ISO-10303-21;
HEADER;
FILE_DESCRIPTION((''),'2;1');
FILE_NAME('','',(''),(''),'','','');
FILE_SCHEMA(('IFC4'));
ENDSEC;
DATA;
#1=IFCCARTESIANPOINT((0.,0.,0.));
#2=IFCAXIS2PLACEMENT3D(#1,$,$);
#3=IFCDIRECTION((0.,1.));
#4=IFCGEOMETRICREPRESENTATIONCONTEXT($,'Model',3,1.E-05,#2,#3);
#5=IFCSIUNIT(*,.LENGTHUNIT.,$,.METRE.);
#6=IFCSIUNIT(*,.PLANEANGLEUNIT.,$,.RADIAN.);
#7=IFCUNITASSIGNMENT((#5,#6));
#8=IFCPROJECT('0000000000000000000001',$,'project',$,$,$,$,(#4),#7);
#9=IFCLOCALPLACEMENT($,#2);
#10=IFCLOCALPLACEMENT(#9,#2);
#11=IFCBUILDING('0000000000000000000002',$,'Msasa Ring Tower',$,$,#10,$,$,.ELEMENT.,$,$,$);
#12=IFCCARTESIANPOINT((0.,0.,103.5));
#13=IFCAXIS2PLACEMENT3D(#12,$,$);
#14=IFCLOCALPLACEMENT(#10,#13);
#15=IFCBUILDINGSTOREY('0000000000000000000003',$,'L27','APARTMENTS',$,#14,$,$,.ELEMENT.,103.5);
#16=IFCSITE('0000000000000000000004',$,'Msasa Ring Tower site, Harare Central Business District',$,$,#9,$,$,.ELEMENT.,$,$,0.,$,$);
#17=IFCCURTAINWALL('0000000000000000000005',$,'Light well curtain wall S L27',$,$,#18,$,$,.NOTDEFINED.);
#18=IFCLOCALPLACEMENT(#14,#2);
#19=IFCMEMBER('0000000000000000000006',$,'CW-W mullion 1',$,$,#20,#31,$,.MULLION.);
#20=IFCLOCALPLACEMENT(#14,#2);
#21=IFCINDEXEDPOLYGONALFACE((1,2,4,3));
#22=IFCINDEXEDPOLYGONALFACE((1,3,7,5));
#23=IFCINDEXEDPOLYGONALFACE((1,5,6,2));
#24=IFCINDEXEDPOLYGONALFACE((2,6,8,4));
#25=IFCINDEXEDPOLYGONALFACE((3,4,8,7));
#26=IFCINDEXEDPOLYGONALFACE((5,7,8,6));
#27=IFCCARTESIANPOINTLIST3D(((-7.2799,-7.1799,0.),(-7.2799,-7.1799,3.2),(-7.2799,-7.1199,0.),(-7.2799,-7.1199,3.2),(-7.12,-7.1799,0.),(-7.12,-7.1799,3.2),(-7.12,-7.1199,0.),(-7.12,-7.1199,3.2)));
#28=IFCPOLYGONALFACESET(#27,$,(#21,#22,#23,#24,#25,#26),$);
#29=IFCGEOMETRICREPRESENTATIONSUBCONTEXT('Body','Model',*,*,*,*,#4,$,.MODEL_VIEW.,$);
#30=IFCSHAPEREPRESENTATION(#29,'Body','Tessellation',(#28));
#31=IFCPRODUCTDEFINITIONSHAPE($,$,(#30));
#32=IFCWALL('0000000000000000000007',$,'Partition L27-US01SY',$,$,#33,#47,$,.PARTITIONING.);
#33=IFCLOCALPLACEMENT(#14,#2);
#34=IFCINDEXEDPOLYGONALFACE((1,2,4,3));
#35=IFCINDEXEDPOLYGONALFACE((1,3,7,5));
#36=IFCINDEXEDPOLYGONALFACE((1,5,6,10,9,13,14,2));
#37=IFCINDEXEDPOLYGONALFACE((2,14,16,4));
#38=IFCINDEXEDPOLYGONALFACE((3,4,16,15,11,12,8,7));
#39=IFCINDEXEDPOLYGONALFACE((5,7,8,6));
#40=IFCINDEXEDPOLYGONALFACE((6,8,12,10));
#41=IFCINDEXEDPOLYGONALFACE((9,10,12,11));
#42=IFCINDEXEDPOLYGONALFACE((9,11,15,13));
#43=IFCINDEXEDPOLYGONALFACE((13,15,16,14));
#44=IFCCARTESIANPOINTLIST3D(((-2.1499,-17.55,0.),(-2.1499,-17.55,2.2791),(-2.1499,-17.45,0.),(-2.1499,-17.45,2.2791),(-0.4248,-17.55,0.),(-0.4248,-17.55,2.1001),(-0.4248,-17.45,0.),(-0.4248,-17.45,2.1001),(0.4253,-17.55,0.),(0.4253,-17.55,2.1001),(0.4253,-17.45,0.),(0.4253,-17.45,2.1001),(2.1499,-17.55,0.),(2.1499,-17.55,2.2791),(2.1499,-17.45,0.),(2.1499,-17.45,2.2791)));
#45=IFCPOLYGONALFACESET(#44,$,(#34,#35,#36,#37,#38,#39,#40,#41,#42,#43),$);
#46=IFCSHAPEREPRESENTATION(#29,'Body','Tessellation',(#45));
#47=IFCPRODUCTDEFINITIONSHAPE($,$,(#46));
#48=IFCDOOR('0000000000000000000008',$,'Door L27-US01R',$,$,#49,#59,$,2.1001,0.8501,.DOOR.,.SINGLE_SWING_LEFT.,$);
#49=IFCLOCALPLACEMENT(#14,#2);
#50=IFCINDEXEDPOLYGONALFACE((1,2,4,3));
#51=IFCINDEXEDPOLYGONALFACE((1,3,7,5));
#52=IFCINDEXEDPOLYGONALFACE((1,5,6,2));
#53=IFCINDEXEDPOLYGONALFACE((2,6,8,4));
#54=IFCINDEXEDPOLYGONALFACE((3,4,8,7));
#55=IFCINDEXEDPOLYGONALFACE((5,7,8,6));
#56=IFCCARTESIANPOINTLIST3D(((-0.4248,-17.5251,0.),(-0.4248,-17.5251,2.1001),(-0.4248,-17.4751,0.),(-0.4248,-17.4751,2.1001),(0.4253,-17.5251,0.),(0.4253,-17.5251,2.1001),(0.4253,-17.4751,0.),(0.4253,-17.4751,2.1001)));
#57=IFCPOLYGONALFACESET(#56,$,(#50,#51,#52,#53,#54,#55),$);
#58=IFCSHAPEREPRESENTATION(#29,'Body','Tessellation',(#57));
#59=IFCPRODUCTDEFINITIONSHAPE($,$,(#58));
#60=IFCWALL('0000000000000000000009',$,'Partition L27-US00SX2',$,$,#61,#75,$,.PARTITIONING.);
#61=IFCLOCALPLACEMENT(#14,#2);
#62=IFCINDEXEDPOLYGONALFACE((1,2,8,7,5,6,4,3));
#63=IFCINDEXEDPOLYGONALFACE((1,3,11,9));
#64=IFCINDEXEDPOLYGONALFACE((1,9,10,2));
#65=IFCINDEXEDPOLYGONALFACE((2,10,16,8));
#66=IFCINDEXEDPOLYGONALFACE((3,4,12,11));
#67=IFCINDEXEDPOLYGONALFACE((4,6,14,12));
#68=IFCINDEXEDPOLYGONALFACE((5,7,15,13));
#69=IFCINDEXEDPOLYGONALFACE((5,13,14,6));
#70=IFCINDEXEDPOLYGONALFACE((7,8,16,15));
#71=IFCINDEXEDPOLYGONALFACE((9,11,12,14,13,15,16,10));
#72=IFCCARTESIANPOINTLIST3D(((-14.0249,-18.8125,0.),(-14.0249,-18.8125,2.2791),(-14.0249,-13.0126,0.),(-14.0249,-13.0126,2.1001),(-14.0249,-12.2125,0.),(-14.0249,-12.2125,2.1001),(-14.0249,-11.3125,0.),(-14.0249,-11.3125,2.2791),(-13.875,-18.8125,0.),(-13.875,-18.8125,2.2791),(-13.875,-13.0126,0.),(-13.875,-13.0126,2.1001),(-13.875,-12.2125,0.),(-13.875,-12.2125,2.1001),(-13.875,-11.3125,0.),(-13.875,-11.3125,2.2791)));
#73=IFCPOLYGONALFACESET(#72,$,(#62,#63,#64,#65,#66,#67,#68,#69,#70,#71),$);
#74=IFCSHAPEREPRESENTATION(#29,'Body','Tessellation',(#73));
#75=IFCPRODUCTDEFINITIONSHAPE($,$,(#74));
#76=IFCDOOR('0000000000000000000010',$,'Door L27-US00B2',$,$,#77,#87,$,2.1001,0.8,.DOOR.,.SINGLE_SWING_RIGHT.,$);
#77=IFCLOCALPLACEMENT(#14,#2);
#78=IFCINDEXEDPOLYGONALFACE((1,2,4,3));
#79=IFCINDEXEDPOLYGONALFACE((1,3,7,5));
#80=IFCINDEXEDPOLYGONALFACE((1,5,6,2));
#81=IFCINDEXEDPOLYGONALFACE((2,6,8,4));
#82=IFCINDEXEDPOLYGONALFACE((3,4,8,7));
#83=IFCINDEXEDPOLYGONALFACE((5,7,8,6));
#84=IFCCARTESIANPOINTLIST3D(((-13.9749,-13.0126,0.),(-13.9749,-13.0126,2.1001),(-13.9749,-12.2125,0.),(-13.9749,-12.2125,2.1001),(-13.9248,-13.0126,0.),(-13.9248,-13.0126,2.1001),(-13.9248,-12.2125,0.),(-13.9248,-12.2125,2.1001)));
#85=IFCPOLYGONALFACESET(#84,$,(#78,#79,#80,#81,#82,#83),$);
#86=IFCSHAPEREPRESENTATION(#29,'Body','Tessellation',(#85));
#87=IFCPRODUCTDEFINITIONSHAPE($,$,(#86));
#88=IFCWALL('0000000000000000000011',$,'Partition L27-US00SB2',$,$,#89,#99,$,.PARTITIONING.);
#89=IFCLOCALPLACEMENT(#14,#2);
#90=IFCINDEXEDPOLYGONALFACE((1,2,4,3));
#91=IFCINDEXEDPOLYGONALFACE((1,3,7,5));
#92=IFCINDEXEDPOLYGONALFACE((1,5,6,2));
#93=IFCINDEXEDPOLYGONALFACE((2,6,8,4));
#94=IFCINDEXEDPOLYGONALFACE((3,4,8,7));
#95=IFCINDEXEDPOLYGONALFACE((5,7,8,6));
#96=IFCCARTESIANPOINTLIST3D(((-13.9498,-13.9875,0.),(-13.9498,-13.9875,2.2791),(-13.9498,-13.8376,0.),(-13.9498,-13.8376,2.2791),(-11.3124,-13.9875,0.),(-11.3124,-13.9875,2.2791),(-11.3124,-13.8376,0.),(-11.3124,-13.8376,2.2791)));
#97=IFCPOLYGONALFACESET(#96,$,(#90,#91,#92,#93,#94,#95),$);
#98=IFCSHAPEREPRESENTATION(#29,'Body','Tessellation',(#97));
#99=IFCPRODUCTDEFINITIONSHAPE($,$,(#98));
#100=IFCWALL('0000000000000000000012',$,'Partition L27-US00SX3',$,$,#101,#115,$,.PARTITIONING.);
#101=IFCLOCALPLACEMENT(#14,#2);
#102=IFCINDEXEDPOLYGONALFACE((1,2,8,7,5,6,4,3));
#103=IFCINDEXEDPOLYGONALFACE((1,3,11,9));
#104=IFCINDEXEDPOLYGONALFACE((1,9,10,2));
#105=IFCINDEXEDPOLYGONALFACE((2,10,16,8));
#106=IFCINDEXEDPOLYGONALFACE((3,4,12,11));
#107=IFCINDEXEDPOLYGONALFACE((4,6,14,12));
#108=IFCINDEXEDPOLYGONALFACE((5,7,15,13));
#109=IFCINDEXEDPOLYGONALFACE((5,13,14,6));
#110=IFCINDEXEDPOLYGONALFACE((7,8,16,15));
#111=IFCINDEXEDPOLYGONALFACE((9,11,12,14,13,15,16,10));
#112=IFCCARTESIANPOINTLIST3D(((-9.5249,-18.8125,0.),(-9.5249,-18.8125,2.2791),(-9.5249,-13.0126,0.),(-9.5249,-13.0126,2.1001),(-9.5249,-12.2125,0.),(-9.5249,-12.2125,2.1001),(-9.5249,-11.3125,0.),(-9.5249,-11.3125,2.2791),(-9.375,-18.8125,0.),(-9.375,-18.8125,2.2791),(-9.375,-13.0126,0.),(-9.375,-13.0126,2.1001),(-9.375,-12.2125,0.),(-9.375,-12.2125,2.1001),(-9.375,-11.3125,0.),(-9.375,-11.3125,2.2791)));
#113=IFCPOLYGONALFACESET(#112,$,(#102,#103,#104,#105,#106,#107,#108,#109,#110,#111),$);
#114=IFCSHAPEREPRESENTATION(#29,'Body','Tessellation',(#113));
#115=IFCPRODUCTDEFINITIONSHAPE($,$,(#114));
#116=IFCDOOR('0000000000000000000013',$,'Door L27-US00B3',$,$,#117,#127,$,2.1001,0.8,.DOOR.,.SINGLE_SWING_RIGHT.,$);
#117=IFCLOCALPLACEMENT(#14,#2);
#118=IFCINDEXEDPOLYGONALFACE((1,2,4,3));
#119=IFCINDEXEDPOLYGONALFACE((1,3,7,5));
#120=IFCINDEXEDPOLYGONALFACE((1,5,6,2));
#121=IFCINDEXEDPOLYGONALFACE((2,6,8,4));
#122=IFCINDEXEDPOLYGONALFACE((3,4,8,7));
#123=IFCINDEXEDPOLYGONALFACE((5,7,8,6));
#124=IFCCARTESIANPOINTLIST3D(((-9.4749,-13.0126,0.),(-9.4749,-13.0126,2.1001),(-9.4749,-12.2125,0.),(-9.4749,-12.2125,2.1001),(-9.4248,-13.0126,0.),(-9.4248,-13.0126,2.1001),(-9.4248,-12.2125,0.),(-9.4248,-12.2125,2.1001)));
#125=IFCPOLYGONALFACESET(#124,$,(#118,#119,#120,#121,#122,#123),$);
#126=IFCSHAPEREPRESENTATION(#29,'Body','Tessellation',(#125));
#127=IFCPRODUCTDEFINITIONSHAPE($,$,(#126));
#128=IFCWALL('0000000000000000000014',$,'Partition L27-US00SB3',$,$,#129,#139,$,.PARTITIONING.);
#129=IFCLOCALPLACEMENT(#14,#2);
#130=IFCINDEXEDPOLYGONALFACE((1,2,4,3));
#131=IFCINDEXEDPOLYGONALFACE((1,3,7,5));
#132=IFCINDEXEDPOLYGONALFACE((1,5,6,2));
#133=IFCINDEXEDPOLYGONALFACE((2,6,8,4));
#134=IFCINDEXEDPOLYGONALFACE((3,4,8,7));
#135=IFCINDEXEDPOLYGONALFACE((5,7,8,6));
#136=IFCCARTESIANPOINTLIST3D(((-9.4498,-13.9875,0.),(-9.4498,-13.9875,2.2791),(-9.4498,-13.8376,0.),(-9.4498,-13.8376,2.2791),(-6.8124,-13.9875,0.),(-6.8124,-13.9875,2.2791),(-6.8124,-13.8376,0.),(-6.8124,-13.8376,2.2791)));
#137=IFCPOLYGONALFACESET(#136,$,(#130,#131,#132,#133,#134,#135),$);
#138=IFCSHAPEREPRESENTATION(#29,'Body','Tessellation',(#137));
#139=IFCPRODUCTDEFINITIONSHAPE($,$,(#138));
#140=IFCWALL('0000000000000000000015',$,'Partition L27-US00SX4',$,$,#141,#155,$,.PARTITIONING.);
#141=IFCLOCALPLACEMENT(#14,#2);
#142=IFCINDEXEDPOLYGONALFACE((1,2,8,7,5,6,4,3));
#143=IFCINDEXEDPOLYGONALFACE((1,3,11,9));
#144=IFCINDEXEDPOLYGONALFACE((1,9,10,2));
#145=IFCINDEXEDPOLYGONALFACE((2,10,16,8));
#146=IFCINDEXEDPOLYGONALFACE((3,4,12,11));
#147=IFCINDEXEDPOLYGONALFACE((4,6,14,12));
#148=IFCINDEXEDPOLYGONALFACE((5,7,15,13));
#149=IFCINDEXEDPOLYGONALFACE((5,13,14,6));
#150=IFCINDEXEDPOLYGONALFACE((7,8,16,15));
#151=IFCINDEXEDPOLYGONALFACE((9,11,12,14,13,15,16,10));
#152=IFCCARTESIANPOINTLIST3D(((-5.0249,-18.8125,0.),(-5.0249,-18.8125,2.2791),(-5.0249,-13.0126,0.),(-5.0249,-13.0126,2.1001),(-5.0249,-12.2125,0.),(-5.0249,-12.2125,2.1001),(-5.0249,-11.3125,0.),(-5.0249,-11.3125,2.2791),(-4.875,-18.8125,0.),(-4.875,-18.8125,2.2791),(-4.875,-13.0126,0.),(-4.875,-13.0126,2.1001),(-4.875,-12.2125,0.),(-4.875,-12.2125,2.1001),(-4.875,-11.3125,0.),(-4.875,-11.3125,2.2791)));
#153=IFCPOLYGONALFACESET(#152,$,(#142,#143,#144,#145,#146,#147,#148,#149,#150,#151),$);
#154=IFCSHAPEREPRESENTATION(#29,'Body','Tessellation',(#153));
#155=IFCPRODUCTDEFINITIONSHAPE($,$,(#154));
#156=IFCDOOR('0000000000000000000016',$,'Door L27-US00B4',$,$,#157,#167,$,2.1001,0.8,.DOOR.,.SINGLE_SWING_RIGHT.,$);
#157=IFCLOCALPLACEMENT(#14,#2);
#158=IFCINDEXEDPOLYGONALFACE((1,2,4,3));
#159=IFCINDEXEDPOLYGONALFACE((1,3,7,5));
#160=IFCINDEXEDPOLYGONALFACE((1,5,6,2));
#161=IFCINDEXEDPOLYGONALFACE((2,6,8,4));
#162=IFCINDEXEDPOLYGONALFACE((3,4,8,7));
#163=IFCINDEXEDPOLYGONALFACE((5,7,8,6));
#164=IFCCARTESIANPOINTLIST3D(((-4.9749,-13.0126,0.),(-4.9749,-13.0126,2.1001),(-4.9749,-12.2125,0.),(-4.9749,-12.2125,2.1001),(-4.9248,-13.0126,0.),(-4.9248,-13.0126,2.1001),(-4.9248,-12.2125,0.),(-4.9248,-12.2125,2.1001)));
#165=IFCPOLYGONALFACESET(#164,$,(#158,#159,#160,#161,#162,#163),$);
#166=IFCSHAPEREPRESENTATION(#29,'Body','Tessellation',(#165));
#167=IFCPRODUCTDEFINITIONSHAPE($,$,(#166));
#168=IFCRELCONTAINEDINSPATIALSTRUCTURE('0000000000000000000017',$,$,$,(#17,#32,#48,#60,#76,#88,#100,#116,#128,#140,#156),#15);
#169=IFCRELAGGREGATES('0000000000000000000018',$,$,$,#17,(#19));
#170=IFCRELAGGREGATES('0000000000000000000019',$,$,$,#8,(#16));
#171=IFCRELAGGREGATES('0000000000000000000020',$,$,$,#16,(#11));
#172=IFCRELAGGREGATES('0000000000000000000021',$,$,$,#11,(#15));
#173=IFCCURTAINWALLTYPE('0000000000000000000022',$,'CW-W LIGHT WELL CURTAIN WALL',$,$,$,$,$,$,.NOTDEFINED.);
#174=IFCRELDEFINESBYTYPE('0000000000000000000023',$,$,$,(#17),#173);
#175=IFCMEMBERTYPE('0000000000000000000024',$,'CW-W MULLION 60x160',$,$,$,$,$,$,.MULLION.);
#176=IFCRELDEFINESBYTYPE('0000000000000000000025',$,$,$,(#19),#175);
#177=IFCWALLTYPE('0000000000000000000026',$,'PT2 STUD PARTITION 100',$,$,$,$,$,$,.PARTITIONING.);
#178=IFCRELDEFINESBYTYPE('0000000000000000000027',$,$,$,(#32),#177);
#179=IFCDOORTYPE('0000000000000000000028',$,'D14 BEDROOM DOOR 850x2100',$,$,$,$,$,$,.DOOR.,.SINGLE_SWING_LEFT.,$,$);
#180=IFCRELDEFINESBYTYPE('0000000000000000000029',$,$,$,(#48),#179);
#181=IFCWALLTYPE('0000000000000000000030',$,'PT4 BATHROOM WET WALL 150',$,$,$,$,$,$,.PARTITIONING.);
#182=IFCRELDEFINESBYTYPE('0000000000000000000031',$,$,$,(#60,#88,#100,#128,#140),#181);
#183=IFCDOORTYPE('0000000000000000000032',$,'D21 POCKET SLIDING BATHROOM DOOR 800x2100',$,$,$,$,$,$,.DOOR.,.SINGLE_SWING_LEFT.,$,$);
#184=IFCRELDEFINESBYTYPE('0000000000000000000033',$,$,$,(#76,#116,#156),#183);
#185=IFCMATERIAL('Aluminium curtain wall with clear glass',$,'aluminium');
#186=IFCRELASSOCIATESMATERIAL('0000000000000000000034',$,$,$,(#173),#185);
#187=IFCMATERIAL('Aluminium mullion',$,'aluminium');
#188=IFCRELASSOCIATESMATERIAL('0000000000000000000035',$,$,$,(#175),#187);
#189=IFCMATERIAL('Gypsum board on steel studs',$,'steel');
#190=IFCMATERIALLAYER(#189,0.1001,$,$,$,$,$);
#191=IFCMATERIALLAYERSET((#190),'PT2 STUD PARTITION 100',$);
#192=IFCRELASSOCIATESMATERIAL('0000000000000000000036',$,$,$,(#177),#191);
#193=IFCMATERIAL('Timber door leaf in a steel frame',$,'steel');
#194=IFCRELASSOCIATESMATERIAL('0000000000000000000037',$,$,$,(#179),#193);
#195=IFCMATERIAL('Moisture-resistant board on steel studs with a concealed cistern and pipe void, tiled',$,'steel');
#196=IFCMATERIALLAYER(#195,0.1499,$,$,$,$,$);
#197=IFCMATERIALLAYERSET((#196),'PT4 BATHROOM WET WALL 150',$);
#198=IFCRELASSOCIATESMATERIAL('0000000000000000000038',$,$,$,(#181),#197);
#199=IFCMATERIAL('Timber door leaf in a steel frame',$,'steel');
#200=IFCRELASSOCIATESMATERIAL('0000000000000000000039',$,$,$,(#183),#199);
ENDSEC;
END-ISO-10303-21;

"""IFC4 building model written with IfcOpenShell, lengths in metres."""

from ifc_helpers import new_model, si_unit, direction, frame, frame_2d, origin, origin_2d, place, context, subcontext, project, spatial, rectangle, extrude, material, layer, layer_set, material_profile, profile_set, type_object, element, fill, aggregate, save


model = new_model("IFC4")

# Units and contexts
model_context = context("Model", 3, precision=1e-05, world=origin(), true_north=direction((0.0, 1.0)))
body_context = subcontext(model_context, "Body", "Model", "MODEL_VIEW")
ifc_project = project(units=[si_unit("LENGTHUNIT", "METRE"), si_unit("PLANEANGLEUNIT", "RADIAN")], contexts=[model_context])

# Site, building, storey
site_placement = place(None, origin())
site = spatial("IfcSite", under=ifc_project, at=site_placement, Name="Msasa Ring Tower site, Harare Central Business District", CompositionType="ELEMENT", RefElevation=0.0)
building_placement = place(site_placement, origin())
building = spatial("IfcBuilding", under=site, at=building_placement, Name="Msasa Ring Tower", CompositionType="ELEMENT")
storey_placement = place(building_placement, frame((0.0, 0.0, 103.5)))
storey = spatial("IfcBuildingStorey", under=building, at=storey_placement, Name="L27", Description="APARTMENTS", CompositionType="ELEMENT", Elevation=103.5)

# Curtain wall, member
ifc_material_1 = material(Name="Aluminium curtain wall with clear glass", Category="aluminium")
curtain_wall_type = type_object("IfcCurtainWallType", Name="CW-W LIGHT WELL CURTAIN WALL", PredefinedType="NOTDEFINED", material=ifc_material_1)
curtain_wall_placement = place(storey_placement, origin())
curtain_wall = element("IfcCurtainWall", 1, at=curtain_wall_placement, inside=storey, type_object=curtain_wall_type, Name="Light well curtain wall S L27", PredefinedType="NOTDEFINED")
ifc_material_2 = material(Name="Aluminium mullion", Category="aluminium")
ifc_material_profile = material_profile(ifc_material_2, rectangle(XDim=0.0601, YDim=0.1599, at=origin_2d()), Name="AL 60x160")
ifc_profile_set = profile_set([ifc_material_profile], Name="Aluminium mullion")
member_type = type_object("IfcMemberType", Name="CW-W MULLION 60x160", PredefinedType="MULLION", material=ifc_profile_set)
member_placement = place(storey_placement, frame((-7.2, -7.1499, 0.0), z_axis=(0.0, 0.0, 1.0), x_axis=(0.0, 1.0, 0.0)))
member = element("IfcMember", 2, at=member_placement, type_object=member_type, Name="CW-W mullion 1", PredefinedType="MULLION", context=body_context, shape_type="SweptSolid", body=[
    extrude(rectangle(XDim=0.0601, YDim=0.1599, at=origin_2d()), origin(), (0.0, 0.0, 1.0), 3.2),
])
aggregate(curtain_wall, [member])

# Walls, openings, doors
ifc_material_3 = material(Name="Gypsum board on steel studs", Category="steel")
ifc_layer_1 = layer(ifc_material_3, 0.1001)
ifc_layer_set_1 = layer_set([ifc_layer_1], Name="PT2 STUD PARTITION 100")
wall_type_1 = type_object("IfcWallType", Name="PT2 STUD PARTITION 100", PredefinedType="PARTITIONING", material=ifc_layer_set_1)
wall_1_placement = place(storey_placement, frame((-2.1499, -17.5, 0.0), z_axis=(0.0, 0.0, 1.0), x_axis=(1.0, 0.0, 0.0)))
wall_1 = element("IfcWall", 3, at=wall_1_placement, inside=storey, type_object=wall_type_1, Name="Partition L27-US01SY", PredefinedType="PARTITIONING", context=body_context, shape_type="SweptSolid", body=[
    extrude(rectangle(XDim=4.2998, YDim=0.1001, at=frame_2d((2.1499, 0.0))), origin(), (0.0, 0.0, 1.0), 2.2791),
])
opening_1_placement = place(wall_1_placement, frame((1.7251, 0.0, 0.0)))
opening_1 = element("IfcOpeningElement", 4, at=opening_1_placement, cuts=wall_1, PredefinedType="OPENING", context=body_context, shape_type="SweptSolid", body=[
    extrude(rectangle(XDim=0.8501, YDim=2.1001, at=frame_2d((0.425, 1.05))), frame((0.0, 0.0601, 0.0), z_axis=(0.0, -1.0, 0.0), x_axis=(1.0, 0.0, 0.0)), (0.0, 0.0, 1.0), 0.1201),
])
ifc_material_4 = material(Name="Timber door leaf in a steel frame", Category="steel")
door_type_1 = type_object("IfcDoorType", Name="D14 BEDROOM DOOR 850x2100", OperationType="SINGLE_SWING_LEFT", PredefinedType="DOOR", material=ifc_material_4)
door_1_placement = place(opening_1_placement, origin())
door_1 = element("IfcDoor", 5, at=door_1_placement, inside=storey, type_object=door_type_1, Name="Door L27-US01R", OperationType="SINGLE_SWING_LEFT", OverallHeight=2.1001, OverallWidth=0.8501, PredefinedType="DOOR", context=body_context, shape_type="SweptSolid", body=[
    extrude(rectangle(XDim=0.8501, YDim=2.1001, at=frame_2d((0.425, 1.05))), frame((0.0, 0.0249, 0.0), z_axis=(0.0, -1.0, 0.0), x_axis=(1.0, 0.0, 0.0)), (0.0, 0.0, 1.0), 0.05),
])
fill(opening_1, door_1)
ifc_material_5 = material(Name="Moisture-resistant board on steel studs with a concealed cistern and pipe void, tiled", Category="steel")
ifc_layer_2 = layer(ifc_material_5, 0.1499)
ifc_layer_set_2 = layer_set([ifc_layer_2], Name="PT4 BATHROOM WET WALL 150")
wall_type_2 = type_object("IfcWallType", Name="PT4 BATHROOM WET WALL 150", PredefinedType="PARTITIONING", material=ifc_layer_set_2)
wall_2_placement = place(storey_placement, frame((-13.95, -18.8125, 0.0), z_axis=(0.0, 0.0, 1.0), x_axis=(0.0, 1.0, 0.0)))
wall_2 = element("IfcWall", 6, at=wall_2_placement, inside=storey, type_object=wall_type_2, Name="Partition L27-US00SX2", PredefinedType="PARTITIONING", context=body_context, shape_type="SweptSolid", body=[
    extrude(rectangle(XDim=7.5, YDim=0.1499, at=frame_2d((3.75, 0.0))), origin(), (0.0, 0.0, 1.0), 2.2791),
])
opening_2_placement = place(wall_2_placement, frame((5.8, 0.0, 0.0)))
opening_2 = element("IfcOpeningElement", 7, at=opening_2_placement, cuts=wall_2, PredefinedType="OPENING", context=body_context, shape_type="SweptSolid", body=[
    extrude(rectangle(XDim=0.8, YDim=2.1001, at=frame_2d((0.3999, 1.05))), frame((0.0, 0.085, 0.0), z_axis=(0.0, -1.0, 0.0), x_axis=(1.0, 0.0, 0.0)), (0.0, 0.0, 1.0), 0.1699),
])
ifc_material_6 = material(Name="Timber door leaf in a steel frame", Category="steel")
door_type_2 = type_object("IfcDoorType", Name="D21 POCKET SLIDING BATHROOM DOOR 800x2100", OperationType="SINGLE_SWING_LEFT", PredefinedType="DOOR", material=ifc_material_6)
door_2_placement = place(opening_2_placement, origin())
door_2 = element("IfcDoor", 8, at=door_2_placement, inside=storey, type_object=door_type_2, Name="Door L27-US00B2", OperationType="SINGLE_SWING_RIGHT", OverallHeight=2.1001, OverallWidth=0.8, PredefinedType="DOOR", context=body_context, shape_type="SweptSolid", body=[
    extrude(rectangle(XDim=0.8, YDim=2.1001, at=frame_2d((0.3999, 1.05))), frame((0.0, 0.0249, 0.0), z_axis=(0.0, -1.0, 0.0), x_axis=(1.0, 0.0, 0.0)), (0.0, 0.0, 1.0), 0.05),
])
fill(opening_2, door_2)

# Wall
wall_3_placement = place(storey_placement, frame((-13.95, -13.9126, 0.0), z_axis=(0.0, 0.0, 1.0), x_axis=(1.0, 0.0, 0.0)))
element("IfcWall", 9, at=wall_3_placement, inside=storey, type_object=wall_type_2, Name="Partition L27-US00SB2", PredefinedType="PARTITIONING", context=body_context, shape_type="SweptSolid", body=[
    extrude(rectangle(XDim=2.6375, YDim=0.1499, at=frame_2d((1.3188, 0.0))), origin(), (0.0, 0.0, 1.0), 2.2791),
])

# Wall, opening, door
wall_4_placement = place(storey_placement, frame((-9.45, -18.8125, 0.0), z_axis=(0.0, 0.0, 1.0), x_axis=(0.0, 1.0, 0.0)))
wall_4 = element("IfcWall", 10, at=wall_4_placement, inside=storey, type_object=wall_type_2, Name="Partition L27-US00SX3", PredefinedType="PARTITIONING", context=body_context, shape_type="SweptSolid", body=[
    extrude(rectangle(XDim=7.5, YDim=0.1499, at=frame_2d((3.75, 0.0))), origin(), (0.0, 0.0, 1.0), 2.2791),
])
opening_3_placement = place(wall_4_placement, frame((5.8, 0.0, 0.0)))
opening_3 = element("IfcOpeningElement", 11, at=opening_3_placement, cuts=wall_4, PredefinedType="OPENING", context=body_context, shape_type="SweptSolid", body=[
    extrude(rectangle(XDim=0.8, YDim=2.1001, at=frame_2d((0.3999, 1.05))), frame((0.0, 0.085, 0.0), z_axis=(0.0, -1.0, 0.0), x_axis=(1.0, 0.0, 0.0)), (0.0, 0.0, 1.0), 0.1699),
])
door_3_placement = place(opening_3_placement, origin())
door_3 = element("IfcDoor", 12, at=door_3_placement, inside=storey, type_object=door_type_2, Name="Door L27-US00B3", OperationType="SINGLE_SWING_RIGHT", OverallHeight=2.1001, OverallWidth=0.8, PredefinedType="DOOR", context=body_context, shape_type="SweptSolid", body=[
    extrude(rectangle(XDim=0.8, YDim=2.1001, at=frame_2d((0.3999, 1.05))), frame((0.0, 0.0249, 0.0), z_axis=(0.0, -1.0, 0.0), x_axis=(1.0, 0.0, 0.0)), (0.0, 0.0, 1.0), 0.05),
])
fill(opening_3, door_3)

# Wall
wall_5_placement = place(storey_placement, frame((-9.45, -13.9126, 0.0), z_axis=(0.0, 0.0, 1.0), x_axis=(1.0, 0.0, 0.0)))
element("IfcWall", 13, at=wall_5_placement, inside=storey, type_object=wall_type_2, Name="Partition L27-US00SB3", PredefinedType="PARTITIONING", context=body_context, shape_type="SweptSolid", body=[
    extrude(rectangle(XDim=2.6375, YDim=0.1499, at=frame_2d((1.3188, 0.0))), origin(), (0.0, 0.0, 1.0), 2.2791),
])

# Wall, opening, door
wall_6_placement = place(storey_placement, frame((-4.95, -18.8125, 0.0), z_axis=(0.0, 0.0, 1.0), x_axis=(0.0, 1.0, 0.0)))
wall_6 = element("IfcWall", 14, at=wall_6_placement, inside=storey, type_object=wall_type_2, Name="Partition L27-US00SX4", PredefinedType="PARTITIONING", context=body_context, shape_type="SweptSolid", body=[
    extrude(rectangle(XDim=7.5, YDim=0.1499, at=frame_2d((3.75, 0.0))), origin(), (0.0, 0.0, 1.0), 2.2791),
])
opening_4_placement = place(wall_6_placement, frame((5.8, 0.0, 0.0)))
opening_4 = element("IfcOpeningElement", 15, at=opening_4_placement, cuts=wall_6, PredefinedType="OPENING", context=body_context, shape_type="SweptSolid", body=[
    extrude(rectangle(XDim=0.8, YDim=2.1001, at=frame_2d((0.3999, 1.05))), frame((0.0, 0.085, 0.0), z_axis=(0.0, -1.0, 0.0), x_axis=(1.0, 0.0, 0.0)), (0.0, 0.0, 1.0), 0.1699),
])
door_4_placement = place(opening_4_placement, origin())
door_4 = element("IfcDoor", 16, at=door_4_placement, inside=storey, type_object=door_type_2, Name="Door L27-US00B4", OperationType="SINGLE_SWING_RIGHT", OverallHeight=2.1001, OverallWidth=0.8, PredefinedType="DOOR", context=body_context, shape_type="SweptSolid", body=[
    extrude(rectangle(XDim=0.8, YDim=2.1001, at=frame_2d((0.3999, 1.05))), frame((0.0, 0.0249, 0.0), z_axis=(0.0, -1.0, 0.0), x_axis=(1.0, 0.0, 0.0)), (0.0, 0.0, 1.0), 0.05),
])
fill(opening_4, door_4)

save(model, "model.ifc")
